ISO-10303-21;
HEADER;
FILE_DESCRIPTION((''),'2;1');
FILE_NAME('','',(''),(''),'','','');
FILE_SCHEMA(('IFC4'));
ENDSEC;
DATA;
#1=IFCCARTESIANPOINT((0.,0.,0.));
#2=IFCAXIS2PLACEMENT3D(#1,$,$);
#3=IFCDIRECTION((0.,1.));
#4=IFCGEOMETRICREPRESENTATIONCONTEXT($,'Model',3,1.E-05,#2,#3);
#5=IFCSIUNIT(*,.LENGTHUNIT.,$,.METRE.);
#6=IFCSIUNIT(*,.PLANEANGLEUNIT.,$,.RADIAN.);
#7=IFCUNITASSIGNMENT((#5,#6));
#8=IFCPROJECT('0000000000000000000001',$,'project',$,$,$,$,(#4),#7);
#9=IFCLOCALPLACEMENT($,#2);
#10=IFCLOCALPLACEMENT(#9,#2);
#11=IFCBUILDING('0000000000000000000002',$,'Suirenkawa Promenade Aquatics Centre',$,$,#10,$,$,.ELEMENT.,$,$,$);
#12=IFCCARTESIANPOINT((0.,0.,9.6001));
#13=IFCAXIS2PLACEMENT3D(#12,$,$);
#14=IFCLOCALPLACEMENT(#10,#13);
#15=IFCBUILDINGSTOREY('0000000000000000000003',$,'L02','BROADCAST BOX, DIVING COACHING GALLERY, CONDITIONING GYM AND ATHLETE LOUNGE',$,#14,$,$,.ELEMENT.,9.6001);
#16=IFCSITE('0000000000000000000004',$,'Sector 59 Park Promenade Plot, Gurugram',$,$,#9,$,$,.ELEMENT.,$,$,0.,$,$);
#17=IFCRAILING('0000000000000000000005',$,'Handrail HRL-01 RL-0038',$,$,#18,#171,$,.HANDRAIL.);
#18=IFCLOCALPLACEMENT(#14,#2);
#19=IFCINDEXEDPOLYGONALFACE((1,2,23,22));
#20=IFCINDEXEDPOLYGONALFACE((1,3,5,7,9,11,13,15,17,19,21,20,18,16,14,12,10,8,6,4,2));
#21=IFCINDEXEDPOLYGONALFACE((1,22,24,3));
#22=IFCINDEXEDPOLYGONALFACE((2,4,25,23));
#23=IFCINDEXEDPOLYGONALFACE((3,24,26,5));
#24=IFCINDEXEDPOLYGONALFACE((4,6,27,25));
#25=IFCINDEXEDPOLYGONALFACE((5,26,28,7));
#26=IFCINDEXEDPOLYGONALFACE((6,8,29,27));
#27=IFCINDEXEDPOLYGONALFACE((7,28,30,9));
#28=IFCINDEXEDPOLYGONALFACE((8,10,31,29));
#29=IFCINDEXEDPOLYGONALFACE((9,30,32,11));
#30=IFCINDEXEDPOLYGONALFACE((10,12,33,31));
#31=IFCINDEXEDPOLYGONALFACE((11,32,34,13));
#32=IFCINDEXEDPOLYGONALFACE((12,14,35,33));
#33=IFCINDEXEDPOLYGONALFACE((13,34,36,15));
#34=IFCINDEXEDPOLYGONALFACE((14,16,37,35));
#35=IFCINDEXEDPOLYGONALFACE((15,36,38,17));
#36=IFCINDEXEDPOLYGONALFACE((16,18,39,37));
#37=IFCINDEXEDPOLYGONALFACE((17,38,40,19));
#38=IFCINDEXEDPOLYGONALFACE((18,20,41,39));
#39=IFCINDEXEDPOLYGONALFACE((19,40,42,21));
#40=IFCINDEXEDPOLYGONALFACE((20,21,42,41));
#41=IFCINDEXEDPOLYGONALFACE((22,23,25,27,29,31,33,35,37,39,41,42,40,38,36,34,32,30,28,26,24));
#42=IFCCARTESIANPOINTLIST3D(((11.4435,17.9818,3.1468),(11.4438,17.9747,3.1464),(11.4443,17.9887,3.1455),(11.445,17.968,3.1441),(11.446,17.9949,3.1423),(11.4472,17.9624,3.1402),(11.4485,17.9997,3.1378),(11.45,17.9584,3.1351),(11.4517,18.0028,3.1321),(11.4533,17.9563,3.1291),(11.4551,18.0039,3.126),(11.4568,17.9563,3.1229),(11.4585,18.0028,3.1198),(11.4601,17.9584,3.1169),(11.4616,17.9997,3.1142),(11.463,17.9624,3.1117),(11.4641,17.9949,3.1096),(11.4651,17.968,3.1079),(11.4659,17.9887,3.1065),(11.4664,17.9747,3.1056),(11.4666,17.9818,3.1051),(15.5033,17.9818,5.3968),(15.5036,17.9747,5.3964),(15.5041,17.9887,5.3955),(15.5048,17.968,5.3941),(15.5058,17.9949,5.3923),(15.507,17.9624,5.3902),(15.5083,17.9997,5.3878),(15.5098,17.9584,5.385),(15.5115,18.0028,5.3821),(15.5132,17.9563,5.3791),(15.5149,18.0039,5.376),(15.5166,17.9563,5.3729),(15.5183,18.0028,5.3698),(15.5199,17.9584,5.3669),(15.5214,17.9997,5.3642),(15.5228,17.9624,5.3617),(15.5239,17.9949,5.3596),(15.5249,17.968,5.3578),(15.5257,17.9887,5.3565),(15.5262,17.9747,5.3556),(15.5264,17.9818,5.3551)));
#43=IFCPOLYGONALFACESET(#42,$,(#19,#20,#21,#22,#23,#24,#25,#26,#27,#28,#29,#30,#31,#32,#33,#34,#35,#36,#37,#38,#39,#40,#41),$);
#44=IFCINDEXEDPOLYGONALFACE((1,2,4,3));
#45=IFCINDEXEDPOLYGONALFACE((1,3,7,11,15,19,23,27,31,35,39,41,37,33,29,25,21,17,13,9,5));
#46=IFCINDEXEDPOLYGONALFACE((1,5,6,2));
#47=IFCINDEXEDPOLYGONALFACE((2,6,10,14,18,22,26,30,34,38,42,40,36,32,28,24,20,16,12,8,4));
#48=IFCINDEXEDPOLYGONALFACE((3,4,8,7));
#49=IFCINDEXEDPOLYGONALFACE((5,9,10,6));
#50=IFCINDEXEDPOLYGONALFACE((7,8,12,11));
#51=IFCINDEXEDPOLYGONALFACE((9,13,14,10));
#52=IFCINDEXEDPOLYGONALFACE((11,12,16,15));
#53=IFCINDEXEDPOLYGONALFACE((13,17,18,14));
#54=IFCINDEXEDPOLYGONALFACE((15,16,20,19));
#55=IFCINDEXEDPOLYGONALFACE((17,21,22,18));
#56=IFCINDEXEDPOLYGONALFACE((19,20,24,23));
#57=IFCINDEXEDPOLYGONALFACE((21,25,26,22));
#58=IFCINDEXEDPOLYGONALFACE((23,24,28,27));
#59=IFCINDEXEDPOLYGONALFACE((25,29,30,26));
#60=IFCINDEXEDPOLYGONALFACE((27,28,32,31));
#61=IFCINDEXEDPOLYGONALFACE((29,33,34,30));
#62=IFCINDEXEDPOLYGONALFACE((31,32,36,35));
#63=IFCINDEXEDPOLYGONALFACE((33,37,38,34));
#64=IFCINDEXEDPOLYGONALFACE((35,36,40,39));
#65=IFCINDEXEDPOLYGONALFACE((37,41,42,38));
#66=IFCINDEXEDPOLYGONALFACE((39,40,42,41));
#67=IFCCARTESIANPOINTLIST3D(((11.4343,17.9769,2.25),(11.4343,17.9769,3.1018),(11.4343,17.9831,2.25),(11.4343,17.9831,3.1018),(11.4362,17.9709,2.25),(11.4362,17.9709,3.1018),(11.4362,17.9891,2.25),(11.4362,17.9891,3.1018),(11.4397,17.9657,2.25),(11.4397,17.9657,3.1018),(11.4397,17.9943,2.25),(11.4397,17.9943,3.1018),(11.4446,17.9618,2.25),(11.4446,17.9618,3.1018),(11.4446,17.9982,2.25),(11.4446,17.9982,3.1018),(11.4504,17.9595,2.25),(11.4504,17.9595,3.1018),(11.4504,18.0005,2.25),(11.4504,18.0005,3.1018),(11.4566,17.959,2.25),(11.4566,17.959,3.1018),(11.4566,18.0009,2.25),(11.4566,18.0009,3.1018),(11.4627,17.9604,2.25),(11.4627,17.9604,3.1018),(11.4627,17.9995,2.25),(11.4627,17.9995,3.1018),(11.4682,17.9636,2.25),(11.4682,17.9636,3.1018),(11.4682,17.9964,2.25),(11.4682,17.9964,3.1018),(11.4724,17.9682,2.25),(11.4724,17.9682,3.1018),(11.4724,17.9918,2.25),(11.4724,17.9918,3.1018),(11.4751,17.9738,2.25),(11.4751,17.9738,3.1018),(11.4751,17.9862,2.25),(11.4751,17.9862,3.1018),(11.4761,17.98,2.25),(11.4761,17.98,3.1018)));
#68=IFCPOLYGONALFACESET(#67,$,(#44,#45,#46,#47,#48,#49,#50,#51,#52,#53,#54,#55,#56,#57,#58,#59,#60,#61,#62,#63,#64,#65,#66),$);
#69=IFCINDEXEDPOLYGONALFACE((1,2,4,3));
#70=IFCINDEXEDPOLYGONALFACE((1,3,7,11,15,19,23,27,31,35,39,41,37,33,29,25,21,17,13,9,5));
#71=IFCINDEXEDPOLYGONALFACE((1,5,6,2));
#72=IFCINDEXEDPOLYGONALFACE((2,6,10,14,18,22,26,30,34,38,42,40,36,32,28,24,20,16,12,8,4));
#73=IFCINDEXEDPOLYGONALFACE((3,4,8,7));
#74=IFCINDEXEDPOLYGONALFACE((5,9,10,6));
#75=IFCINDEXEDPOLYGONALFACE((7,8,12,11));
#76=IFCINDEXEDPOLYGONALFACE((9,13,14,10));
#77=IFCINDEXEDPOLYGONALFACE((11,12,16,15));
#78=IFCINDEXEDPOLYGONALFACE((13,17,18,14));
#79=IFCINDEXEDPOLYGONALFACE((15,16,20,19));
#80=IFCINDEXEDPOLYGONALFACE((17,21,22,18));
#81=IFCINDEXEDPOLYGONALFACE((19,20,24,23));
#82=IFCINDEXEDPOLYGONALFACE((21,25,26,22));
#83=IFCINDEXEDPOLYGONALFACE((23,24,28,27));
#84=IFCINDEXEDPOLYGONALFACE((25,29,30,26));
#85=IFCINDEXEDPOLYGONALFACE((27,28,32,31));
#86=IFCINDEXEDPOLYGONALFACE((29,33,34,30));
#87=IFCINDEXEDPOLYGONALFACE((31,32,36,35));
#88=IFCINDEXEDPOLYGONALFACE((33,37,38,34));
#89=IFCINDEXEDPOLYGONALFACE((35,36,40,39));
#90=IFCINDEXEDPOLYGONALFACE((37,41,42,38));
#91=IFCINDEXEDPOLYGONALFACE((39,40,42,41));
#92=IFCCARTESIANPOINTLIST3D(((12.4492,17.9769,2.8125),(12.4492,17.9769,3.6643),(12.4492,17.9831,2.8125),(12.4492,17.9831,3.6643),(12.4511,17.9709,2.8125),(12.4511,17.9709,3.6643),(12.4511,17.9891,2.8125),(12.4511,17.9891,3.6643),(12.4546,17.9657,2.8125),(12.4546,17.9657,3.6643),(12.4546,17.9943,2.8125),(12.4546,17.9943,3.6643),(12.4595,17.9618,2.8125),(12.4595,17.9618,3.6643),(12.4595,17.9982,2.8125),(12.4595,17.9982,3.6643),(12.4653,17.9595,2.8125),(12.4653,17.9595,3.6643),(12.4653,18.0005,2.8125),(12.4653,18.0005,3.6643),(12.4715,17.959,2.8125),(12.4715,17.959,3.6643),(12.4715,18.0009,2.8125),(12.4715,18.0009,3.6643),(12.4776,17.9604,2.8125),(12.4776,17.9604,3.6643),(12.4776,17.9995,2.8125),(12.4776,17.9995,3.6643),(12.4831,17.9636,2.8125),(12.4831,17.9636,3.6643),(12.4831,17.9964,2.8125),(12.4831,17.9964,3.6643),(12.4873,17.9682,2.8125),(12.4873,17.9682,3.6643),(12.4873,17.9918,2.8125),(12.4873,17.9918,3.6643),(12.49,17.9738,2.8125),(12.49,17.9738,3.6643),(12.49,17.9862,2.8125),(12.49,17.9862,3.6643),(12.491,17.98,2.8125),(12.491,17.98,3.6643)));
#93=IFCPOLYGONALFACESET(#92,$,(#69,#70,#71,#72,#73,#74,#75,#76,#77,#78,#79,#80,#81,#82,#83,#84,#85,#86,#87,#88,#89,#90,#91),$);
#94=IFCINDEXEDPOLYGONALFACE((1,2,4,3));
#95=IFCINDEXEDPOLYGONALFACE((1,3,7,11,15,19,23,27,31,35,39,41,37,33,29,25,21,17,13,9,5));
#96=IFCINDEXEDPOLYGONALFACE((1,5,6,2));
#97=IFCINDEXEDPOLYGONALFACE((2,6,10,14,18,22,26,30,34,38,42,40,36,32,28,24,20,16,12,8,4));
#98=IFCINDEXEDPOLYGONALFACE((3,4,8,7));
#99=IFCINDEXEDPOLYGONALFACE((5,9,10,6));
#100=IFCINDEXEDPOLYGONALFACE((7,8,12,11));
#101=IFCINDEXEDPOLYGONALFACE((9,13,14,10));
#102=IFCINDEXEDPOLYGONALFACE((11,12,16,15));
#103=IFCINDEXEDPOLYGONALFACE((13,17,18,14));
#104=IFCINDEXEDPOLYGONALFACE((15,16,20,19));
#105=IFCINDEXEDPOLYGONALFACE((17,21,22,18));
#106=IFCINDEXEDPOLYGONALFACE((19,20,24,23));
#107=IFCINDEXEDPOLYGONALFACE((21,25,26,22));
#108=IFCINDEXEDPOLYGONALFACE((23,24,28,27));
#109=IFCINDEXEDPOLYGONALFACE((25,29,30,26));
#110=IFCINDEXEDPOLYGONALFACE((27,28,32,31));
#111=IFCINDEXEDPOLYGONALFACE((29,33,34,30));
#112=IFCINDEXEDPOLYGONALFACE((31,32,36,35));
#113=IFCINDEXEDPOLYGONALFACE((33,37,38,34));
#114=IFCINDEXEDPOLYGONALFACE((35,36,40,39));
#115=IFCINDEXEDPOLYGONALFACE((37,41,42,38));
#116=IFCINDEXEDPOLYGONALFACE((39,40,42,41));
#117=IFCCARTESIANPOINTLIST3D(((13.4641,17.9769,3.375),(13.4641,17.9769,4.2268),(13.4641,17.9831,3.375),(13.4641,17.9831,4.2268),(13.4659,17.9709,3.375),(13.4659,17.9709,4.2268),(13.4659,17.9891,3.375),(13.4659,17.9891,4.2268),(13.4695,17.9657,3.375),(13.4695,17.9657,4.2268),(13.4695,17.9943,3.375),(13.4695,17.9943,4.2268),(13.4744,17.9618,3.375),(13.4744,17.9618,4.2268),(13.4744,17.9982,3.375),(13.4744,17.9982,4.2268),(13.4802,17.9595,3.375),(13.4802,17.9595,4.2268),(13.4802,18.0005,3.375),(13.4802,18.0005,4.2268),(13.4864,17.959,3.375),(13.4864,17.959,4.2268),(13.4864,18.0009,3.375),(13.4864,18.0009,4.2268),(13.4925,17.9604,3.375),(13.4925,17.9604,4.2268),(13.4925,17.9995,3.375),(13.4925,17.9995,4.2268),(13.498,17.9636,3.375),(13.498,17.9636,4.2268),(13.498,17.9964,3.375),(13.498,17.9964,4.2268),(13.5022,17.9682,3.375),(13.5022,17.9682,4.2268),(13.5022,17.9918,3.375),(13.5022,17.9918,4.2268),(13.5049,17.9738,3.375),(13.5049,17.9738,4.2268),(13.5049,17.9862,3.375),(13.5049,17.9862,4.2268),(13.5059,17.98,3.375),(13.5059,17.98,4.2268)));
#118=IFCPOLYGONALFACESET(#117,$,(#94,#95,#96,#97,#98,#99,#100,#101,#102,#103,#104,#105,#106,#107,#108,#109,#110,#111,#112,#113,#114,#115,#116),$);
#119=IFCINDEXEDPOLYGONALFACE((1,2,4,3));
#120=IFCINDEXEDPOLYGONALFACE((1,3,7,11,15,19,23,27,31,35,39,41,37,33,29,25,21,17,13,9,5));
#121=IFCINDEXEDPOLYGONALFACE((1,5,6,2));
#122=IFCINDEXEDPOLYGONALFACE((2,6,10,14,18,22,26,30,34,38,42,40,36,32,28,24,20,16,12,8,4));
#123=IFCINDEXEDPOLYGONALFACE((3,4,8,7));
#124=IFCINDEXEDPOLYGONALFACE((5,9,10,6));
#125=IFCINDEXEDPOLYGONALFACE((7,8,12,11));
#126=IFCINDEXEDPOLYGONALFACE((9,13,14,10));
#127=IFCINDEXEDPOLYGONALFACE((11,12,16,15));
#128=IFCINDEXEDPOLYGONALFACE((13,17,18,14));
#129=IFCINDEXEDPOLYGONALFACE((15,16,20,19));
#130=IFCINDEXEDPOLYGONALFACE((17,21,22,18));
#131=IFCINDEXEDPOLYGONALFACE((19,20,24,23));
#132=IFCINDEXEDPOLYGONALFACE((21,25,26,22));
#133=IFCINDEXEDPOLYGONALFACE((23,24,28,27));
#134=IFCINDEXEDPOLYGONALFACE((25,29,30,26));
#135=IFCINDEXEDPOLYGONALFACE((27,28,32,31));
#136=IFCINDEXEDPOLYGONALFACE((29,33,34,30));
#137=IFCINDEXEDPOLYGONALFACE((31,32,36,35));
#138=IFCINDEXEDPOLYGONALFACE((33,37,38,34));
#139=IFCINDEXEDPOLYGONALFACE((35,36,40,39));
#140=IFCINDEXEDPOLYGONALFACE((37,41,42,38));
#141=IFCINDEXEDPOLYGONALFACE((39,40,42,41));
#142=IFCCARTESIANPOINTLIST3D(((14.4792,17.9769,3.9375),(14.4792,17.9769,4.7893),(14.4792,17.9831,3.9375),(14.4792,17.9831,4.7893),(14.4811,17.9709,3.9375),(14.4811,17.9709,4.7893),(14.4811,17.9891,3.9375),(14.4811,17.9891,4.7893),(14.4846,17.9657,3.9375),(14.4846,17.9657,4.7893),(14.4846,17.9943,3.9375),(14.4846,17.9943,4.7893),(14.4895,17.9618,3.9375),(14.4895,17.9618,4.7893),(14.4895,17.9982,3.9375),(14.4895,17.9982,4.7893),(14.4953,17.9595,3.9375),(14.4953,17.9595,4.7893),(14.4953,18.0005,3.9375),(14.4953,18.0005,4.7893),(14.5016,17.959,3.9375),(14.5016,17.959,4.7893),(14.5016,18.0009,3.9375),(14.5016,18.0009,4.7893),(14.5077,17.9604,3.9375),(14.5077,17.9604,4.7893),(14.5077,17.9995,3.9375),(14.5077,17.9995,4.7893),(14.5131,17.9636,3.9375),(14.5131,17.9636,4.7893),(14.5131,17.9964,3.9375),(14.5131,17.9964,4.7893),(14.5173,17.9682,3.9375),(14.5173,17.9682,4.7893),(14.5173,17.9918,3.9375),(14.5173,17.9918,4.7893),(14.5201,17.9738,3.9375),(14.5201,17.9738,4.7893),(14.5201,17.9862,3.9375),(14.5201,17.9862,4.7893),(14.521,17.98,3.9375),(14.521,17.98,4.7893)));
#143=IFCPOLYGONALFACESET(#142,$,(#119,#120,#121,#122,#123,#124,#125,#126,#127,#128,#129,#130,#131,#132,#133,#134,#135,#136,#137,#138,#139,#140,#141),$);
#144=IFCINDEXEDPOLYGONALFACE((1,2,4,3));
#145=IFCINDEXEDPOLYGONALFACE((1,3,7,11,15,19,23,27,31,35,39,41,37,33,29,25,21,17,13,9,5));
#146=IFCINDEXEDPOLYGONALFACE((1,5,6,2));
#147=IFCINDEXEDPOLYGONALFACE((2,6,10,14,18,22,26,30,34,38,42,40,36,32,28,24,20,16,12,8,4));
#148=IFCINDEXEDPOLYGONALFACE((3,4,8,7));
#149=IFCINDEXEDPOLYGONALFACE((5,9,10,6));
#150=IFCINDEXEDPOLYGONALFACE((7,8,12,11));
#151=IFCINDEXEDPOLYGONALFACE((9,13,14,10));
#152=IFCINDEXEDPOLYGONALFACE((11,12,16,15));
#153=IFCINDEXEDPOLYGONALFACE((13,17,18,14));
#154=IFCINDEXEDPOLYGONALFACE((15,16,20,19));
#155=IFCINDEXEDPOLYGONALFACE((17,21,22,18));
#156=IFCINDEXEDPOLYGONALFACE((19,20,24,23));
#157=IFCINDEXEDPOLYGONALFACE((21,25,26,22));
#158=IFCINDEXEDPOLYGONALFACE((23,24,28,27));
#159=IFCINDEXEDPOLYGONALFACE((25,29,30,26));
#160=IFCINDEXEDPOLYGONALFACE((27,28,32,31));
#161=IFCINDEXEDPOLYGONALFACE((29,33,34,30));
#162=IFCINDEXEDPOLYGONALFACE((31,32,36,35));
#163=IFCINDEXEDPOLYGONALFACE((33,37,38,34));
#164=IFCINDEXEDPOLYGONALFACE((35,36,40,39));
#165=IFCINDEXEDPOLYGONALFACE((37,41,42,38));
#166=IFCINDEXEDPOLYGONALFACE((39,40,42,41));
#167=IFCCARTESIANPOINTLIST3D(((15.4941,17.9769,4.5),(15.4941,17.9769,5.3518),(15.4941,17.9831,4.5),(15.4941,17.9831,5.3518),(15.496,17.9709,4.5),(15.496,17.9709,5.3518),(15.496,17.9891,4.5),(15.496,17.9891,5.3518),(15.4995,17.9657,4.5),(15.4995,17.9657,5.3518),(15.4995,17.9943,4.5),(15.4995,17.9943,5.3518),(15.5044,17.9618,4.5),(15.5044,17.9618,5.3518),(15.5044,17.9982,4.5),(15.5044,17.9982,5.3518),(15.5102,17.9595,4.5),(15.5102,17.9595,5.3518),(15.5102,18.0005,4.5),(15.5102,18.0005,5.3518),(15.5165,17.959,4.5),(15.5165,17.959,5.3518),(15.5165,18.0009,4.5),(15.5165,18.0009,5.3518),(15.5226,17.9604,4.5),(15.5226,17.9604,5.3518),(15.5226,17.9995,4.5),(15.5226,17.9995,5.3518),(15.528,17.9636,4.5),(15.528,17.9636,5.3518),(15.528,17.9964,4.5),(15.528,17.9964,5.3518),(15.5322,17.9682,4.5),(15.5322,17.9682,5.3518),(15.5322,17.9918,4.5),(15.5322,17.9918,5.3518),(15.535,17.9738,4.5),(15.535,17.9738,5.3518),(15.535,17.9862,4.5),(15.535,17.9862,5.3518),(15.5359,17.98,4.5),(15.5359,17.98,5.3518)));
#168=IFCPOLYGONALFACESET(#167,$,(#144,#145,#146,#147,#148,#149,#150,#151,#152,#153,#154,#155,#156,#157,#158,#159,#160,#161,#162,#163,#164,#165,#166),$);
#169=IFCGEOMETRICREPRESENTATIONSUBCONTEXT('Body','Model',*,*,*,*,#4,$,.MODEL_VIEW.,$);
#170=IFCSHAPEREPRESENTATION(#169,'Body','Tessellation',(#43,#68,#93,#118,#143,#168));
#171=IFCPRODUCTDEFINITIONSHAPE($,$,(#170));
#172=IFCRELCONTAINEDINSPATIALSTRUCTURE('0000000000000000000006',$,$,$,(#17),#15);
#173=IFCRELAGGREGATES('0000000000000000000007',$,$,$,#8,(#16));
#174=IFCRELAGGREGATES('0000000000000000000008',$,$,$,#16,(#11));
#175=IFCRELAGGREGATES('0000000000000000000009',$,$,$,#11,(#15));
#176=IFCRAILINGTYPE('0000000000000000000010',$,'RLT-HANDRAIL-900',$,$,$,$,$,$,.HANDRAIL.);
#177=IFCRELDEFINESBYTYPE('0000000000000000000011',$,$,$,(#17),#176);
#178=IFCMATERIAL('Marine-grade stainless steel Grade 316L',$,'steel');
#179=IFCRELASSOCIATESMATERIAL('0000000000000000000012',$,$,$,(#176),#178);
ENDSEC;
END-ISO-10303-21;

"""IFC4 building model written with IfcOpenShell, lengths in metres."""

from ifc_helpers import new_model, si_unit, direction, frame, origin, origin_2d, place, context, subcontext, project, spatial, circle, extrude, material, type_object, element, save


model = new_model("IFC4")

# Units and contexts
model_context = context("Model", 3, precision=1e-05, world=origin(), true_north=direction((0.0, 1.0)))
body_context = subcontext(model_context, "Body", "Model", "MODEL_VIEW")
ifc_project = project(units=[si_unit("LENGTHUNIT", "METRE"), si_unit("PLANEANGLEUNIT", "RADIAN")], contexts=[model_context])

# Site, building, storey
site_placement = place(None, origin())
site = spatial("IfcSite", under=ifc_project, at=site_placement, Name="Sector 59 Park Promenade Plot, Gurugram", CompositionType="ELEMENT", RefElevation=0.0)
building_placement = place(site_placement, origin())
building = spatial("IfcBuilding", under=site, at=building_placement, Name="Suirenkawa Promenade Aquatics Centre", CompositionType="ELEMENT")
storey_placement = place(building_placement, frame((0.0, 0.0, 9.6001)))
storey = spatial("IfcBuildingStorey", under=building, at=storey_placement, Name="L02", Description="BROADCAST BOX, DIVING COACHING GALLERY, CONDITIONING GYM AND ATHLETE LOUNGE", CompositionType="ELEMENT", Elevation=9.6001)

# Shared definitions
ifc_material_1 = material(Name="Marine-grade stainless steel Grade 316L", Category="steel")

# Railing
railing_type_1 = type_object("IfcRailingType", Name="RLT-HANDRAIL-900", PredefinedType="HANDRAIL", material=ifc_material_1)
railing_1_placement = place(storey_placement, frame((11.4551, 17.98, 2.25)))
element("IfcRailing", 1, at=railing_1_placement, inside=storey, type_object=railing_type_1, Name="Handrail HRL-01 RL-0038", PredefinedType="HANDRAIL", context=body_context, shape_type="SweptSolid", body=[
    extrude(circle(Radius=0.0239, at=origin_2d()), frame((0.0, 0.0, 0.876), z_axis=(0.874656, 0.0, 0.484745), x_axis=(0.0, 1.0, 0.0)), (0.0, 0.0, 1.0), 4.6416),
    extrude(circle(Radius=0.021, at=origin_2d()), origin(), (0.0, 0.0, 1.0), 0.8518),
    extrude(circle(Radius=0.021, at=origin_2d()), frame((1.0149, 0.0, 0.5625)), (0.0, 0.0, 1.0), 0.8518),
    extrude(circle(Radius=0.021, at=origin_2d()), frame((2.0298, 0.0, 1.125)), (0.0, 0.0, 1.0), 0.8518),
    extrude(circle(Radius=0.021, at=origin_2d()), frame((3.0449, 0.0, 1.6875)), (0.0, 0.0, 1.0), 0.8518),
    extrude(circle(Radius=0.021, at=origin_2d()), frame((4.0598, 0.0, 2.25)), (0.0, 0.0, 1.0), 0.8518),
])

save(model, "model.ifc")
